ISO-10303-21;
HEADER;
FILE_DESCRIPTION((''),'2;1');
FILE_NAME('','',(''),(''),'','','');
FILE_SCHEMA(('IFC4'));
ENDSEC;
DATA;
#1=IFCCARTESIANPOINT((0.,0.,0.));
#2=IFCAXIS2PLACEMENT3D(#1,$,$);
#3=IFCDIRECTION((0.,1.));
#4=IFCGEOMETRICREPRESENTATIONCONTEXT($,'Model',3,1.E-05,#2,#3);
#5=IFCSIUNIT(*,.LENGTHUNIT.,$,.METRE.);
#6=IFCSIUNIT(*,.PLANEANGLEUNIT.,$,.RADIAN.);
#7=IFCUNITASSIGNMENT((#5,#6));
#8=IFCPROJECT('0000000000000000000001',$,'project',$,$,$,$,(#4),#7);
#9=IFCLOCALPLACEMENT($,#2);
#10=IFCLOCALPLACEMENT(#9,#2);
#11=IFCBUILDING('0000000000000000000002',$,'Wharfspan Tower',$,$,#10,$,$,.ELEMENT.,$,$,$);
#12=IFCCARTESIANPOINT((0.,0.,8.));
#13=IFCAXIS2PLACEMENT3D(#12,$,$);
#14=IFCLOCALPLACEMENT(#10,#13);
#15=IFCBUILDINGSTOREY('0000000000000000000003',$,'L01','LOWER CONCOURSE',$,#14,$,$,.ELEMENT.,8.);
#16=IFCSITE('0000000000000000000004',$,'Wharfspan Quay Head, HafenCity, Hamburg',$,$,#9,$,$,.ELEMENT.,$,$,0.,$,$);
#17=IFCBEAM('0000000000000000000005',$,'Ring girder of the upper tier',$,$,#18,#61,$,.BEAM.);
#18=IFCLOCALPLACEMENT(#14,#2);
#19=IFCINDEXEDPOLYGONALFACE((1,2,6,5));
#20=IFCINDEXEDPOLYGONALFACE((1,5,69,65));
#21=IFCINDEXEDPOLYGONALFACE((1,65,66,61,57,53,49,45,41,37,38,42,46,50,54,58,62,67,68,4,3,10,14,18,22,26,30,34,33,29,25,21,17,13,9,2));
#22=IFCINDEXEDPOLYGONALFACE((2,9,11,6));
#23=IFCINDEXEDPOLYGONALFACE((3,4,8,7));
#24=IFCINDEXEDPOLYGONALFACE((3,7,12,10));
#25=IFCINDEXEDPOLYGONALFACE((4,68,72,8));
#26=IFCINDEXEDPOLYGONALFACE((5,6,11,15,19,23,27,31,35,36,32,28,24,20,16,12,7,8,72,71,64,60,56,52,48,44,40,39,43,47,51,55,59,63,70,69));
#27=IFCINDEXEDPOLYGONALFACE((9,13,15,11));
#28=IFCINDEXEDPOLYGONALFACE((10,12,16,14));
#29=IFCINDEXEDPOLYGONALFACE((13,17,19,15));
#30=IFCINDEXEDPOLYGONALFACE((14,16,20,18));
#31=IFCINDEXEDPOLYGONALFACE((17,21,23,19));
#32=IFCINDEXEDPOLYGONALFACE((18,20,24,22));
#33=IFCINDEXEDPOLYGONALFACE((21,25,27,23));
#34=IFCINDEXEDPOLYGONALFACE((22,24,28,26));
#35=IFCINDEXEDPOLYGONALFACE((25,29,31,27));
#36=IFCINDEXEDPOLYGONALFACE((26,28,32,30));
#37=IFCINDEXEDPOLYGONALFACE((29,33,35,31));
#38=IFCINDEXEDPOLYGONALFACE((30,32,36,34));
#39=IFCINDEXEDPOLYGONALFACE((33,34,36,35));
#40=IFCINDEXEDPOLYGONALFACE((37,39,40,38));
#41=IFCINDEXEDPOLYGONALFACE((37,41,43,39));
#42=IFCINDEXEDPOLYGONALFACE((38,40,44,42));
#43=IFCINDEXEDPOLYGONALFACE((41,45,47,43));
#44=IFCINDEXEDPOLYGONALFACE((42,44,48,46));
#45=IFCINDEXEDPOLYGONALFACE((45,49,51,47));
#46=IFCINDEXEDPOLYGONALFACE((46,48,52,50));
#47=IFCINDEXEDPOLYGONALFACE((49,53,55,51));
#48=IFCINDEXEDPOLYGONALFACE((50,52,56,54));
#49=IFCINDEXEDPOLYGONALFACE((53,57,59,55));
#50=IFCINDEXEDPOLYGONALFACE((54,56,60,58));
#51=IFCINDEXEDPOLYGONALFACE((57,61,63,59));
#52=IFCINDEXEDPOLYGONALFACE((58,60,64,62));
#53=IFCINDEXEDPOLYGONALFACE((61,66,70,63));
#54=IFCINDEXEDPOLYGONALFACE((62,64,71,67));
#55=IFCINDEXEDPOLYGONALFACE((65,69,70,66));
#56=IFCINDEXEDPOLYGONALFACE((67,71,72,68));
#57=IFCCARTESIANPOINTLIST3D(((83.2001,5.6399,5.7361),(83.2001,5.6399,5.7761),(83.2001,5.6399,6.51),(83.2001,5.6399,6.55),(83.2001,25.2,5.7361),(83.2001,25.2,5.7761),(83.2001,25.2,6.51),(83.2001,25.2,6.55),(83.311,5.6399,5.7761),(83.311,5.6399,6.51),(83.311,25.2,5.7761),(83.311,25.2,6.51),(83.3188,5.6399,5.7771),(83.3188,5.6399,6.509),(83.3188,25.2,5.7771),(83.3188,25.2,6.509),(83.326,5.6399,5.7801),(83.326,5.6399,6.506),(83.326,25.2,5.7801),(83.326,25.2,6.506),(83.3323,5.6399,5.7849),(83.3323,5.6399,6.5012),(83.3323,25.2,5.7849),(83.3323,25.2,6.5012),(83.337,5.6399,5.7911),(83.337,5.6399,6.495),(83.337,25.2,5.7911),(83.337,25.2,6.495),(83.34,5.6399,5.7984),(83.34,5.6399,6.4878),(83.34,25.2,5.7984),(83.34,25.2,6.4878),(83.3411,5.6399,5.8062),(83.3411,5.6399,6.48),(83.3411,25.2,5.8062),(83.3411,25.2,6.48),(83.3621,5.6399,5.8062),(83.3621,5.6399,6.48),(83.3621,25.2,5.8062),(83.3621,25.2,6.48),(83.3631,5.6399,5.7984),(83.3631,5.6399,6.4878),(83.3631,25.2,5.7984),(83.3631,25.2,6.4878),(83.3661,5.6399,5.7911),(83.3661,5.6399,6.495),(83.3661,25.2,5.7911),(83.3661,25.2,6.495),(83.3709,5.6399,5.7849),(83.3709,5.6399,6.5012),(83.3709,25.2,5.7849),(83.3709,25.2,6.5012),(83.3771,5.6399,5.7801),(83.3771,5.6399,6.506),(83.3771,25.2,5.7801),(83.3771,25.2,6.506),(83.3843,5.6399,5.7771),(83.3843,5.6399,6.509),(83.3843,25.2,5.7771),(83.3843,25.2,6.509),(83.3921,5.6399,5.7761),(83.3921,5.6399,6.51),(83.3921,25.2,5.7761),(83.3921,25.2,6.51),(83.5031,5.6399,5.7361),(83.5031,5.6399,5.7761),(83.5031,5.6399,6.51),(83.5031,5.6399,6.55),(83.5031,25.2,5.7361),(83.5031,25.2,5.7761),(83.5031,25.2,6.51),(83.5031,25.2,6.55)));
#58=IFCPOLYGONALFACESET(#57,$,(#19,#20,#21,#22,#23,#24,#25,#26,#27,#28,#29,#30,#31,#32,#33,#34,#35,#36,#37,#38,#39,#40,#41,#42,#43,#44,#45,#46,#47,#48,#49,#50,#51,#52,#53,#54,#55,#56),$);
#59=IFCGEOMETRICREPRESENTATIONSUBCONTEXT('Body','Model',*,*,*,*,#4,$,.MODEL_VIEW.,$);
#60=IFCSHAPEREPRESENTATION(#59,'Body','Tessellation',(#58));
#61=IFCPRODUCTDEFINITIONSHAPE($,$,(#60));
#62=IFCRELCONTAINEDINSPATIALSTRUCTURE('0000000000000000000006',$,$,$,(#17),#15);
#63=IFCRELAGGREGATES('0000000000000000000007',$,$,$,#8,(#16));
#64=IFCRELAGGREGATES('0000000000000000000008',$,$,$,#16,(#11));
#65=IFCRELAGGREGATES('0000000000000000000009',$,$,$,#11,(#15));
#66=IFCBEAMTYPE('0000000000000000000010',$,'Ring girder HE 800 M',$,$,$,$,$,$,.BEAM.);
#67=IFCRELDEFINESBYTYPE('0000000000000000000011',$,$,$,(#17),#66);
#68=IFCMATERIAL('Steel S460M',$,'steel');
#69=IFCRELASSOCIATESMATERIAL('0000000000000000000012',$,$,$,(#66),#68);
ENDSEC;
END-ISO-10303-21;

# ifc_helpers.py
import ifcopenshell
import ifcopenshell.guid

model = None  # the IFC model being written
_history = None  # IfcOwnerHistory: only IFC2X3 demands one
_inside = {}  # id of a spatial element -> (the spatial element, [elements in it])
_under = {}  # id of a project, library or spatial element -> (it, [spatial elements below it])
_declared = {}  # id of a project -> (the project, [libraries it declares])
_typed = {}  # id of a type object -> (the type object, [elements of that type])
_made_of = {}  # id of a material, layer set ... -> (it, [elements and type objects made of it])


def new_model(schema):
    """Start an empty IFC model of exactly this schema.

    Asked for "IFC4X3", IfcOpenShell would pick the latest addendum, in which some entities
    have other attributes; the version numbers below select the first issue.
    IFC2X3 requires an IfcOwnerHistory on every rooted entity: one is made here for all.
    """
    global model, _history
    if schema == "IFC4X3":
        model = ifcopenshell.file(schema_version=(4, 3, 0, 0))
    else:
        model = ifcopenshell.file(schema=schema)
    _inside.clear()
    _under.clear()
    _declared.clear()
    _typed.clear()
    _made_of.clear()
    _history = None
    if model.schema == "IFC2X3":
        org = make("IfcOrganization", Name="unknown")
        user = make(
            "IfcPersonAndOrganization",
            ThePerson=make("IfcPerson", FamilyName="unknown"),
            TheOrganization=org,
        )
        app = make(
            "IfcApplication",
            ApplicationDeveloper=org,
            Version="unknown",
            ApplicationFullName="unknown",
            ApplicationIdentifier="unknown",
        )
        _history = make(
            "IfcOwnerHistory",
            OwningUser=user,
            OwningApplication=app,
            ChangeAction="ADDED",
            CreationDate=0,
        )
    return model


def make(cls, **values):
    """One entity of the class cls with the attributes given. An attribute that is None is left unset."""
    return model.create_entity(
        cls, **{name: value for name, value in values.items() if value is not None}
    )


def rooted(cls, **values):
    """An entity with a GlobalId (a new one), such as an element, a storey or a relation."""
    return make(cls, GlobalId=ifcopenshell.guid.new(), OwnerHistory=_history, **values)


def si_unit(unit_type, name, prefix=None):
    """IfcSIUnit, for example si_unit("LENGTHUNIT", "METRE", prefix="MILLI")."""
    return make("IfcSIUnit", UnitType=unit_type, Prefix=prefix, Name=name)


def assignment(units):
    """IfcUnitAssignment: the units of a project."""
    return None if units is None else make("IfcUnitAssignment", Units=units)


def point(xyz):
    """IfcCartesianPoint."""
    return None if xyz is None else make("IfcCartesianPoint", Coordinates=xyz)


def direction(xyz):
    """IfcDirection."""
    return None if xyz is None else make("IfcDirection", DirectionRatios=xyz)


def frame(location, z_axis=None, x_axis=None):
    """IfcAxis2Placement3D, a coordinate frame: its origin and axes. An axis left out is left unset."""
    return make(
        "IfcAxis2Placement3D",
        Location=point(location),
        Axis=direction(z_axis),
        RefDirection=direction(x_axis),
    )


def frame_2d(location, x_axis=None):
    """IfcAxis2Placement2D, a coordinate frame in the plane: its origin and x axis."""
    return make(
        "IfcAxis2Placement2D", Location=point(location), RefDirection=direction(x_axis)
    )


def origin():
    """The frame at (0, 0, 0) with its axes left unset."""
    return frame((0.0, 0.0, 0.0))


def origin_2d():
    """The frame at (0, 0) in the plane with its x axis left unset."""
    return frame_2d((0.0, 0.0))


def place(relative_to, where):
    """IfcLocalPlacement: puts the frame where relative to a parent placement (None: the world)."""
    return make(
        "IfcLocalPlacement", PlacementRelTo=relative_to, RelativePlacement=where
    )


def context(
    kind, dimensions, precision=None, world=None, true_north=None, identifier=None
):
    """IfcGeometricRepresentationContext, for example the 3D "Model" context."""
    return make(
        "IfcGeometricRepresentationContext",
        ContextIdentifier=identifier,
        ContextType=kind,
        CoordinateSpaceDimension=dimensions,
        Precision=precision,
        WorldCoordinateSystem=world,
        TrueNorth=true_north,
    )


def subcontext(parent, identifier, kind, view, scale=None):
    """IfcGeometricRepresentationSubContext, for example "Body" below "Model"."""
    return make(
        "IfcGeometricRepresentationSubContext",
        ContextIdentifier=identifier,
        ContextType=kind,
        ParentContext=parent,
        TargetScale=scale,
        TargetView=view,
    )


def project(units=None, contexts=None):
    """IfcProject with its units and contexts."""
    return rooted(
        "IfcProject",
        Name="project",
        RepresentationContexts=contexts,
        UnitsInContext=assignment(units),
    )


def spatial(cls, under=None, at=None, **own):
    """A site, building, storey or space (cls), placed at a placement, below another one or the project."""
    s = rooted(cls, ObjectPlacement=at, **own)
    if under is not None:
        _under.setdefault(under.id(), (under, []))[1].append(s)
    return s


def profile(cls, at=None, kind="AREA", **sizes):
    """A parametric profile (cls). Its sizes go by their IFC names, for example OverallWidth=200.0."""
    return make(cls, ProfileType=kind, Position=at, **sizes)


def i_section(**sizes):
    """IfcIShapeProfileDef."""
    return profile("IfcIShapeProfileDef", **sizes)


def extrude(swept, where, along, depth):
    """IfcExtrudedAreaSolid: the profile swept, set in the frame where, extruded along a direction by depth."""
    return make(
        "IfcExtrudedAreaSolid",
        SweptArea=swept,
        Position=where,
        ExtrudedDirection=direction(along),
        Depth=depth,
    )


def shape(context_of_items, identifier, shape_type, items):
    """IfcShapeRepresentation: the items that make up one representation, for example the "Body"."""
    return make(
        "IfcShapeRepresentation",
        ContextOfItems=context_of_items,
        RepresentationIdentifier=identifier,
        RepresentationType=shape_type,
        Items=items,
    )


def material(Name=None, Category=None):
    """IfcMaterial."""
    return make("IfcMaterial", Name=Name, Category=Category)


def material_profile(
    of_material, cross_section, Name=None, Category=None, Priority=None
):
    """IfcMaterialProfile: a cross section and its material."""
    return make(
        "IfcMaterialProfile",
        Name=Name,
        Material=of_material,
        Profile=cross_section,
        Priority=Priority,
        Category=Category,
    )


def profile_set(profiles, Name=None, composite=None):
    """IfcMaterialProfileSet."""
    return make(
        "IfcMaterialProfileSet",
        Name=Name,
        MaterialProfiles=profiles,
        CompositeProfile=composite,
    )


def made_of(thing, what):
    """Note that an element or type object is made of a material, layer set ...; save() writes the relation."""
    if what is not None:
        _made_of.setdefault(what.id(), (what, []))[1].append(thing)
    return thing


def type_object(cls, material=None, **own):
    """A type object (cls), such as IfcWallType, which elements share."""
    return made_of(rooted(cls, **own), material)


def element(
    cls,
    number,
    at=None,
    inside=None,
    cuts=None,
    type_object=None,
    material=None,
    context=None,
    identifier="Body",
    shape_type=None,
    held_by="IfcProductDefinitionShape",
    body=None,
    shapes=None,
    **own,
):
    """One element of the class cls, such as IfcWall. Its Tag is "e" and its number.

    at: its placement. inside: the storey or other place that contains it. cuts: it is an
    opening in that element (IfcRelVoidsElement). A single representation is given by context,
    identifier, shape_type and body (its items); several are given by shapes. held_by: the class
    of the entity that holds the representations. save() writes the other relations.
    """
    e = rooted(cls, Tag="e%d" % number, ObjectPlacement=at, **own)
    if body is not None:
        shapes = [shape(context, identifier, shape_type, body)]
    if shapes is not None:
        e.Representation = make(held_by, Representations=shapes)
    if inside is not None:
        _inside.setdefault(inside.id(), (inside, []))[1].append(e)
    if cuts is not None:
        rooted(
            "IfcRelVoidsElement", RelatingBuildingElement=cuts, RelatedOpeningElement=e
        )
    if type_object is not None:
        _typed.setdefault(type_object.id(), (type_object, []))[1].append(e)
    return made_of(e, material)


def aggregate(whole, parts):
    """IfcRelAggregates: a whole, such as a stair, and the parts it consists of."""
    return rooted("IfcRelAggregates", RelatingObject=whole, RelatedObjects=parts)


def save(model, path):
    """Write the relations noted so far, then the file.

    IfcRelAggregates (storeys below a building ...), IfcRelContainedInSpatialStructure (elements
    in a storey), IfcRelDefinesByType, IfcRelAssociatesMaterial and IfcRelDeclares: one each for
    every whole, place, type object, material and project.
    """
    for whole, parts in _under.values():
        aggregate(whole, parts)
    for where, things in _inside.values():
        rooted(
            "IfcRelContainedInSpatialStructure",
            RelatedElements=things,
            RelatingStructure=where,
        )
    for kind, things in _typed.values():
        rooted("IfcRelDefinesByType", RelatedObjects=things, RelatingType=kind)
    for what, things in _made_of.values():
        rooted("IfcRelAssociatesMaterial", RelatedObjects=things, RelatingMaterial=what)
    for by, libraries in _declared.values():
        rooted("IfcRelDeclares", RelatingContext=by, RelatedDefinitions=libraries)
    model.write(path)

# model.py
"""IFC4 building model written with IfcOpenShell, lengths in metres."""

from ifc_helpers import new_model, si_unit, direction, frame, origin, origin_2d, place, context, subcontext, project, spatial, i_section, extrude, material, material_profile, profile_set, type_object, element, save


model = new_model("IFC4")

# Units and contexts
model_context = context("Model", 3, precision=1e-05, world=origin(), true_north=direction((0.0, 1.0)))
body_context = subcontext(model_context, "Body", "Model", "MODEL_VIEW")
ifc_project = project(units=[si_unit("LENGTHUNIT", "METRE"), si_unit("PLANEANGLEUNIT", "RADIAN")], contexts=[model_context])

# Site, building, storey
site_placement = place(None, origin())
site = spatial("IfcSite", under=ifc_project, at=site_placement, Name="Wharfspan Quay Head, HafenCity, Hamburg", CompositionType="ELEMENT", RefElevation=0.0)
building_placement = place(site_placement, origin())
building = spatial("IfcBuilding", under=site, at=building_placement, Name="Wharfspan Tower", CompositionType="ELEMENT")
storey_placement = place(building_placement, frame((0.0, 0.0, 8.0)))
storey = spatial("IfcBuildingStorey", under=building, at=storey_placement, Name="L01", Description="LOWER CONCOURSE", CompositionType="ELEMENT", Elevation=8.0)

# Beam
ifc_material_1 = material(Name="Steel S460M", Category="steel")
ifc_material_profile_1 = material_profile(ifc_material_1, i_section(OverallWidth=0.303, OverallDepth=0.814, WebThickness=0.021, FlangeThickness=0.04, FilletRadius=0.03, at=origin_2d()))
ifc_profile_set_1 = profile_set([ifc_material_profile_1], Name="Steel S460M")
beam_type_1 = type_object("IfcBeamType", Name="Ring girder HE 800 M", PredefinedType="BEAM", material=ifc_profile_set_1)
beam_1_placement = place(storey_placement, frame((83.3516, 5.6399, 6.1431), z_axis=(0.0, 1.0, 0.0), x_axis=(-1.0, 0.0, 0.0)))
element("IfcBeam", 1, at=beam_1_placement, inside=storey, type_object=beam_type_1, Name="Ring girder of the upper tier", PredefinedType="BEAM", context=body_context, shape_type="SweptSolid", body=[
    extrude(i_section(OverallWidth=0.303, OverallDepth=0.814, WebThickness=0.021, FlangeThickness=0.04, FilletRadius=0.03, at=origin_2d()), origin(), (0.0, 0.0, 1.0), 19.5601),
])

save(model, "model.ifc")
